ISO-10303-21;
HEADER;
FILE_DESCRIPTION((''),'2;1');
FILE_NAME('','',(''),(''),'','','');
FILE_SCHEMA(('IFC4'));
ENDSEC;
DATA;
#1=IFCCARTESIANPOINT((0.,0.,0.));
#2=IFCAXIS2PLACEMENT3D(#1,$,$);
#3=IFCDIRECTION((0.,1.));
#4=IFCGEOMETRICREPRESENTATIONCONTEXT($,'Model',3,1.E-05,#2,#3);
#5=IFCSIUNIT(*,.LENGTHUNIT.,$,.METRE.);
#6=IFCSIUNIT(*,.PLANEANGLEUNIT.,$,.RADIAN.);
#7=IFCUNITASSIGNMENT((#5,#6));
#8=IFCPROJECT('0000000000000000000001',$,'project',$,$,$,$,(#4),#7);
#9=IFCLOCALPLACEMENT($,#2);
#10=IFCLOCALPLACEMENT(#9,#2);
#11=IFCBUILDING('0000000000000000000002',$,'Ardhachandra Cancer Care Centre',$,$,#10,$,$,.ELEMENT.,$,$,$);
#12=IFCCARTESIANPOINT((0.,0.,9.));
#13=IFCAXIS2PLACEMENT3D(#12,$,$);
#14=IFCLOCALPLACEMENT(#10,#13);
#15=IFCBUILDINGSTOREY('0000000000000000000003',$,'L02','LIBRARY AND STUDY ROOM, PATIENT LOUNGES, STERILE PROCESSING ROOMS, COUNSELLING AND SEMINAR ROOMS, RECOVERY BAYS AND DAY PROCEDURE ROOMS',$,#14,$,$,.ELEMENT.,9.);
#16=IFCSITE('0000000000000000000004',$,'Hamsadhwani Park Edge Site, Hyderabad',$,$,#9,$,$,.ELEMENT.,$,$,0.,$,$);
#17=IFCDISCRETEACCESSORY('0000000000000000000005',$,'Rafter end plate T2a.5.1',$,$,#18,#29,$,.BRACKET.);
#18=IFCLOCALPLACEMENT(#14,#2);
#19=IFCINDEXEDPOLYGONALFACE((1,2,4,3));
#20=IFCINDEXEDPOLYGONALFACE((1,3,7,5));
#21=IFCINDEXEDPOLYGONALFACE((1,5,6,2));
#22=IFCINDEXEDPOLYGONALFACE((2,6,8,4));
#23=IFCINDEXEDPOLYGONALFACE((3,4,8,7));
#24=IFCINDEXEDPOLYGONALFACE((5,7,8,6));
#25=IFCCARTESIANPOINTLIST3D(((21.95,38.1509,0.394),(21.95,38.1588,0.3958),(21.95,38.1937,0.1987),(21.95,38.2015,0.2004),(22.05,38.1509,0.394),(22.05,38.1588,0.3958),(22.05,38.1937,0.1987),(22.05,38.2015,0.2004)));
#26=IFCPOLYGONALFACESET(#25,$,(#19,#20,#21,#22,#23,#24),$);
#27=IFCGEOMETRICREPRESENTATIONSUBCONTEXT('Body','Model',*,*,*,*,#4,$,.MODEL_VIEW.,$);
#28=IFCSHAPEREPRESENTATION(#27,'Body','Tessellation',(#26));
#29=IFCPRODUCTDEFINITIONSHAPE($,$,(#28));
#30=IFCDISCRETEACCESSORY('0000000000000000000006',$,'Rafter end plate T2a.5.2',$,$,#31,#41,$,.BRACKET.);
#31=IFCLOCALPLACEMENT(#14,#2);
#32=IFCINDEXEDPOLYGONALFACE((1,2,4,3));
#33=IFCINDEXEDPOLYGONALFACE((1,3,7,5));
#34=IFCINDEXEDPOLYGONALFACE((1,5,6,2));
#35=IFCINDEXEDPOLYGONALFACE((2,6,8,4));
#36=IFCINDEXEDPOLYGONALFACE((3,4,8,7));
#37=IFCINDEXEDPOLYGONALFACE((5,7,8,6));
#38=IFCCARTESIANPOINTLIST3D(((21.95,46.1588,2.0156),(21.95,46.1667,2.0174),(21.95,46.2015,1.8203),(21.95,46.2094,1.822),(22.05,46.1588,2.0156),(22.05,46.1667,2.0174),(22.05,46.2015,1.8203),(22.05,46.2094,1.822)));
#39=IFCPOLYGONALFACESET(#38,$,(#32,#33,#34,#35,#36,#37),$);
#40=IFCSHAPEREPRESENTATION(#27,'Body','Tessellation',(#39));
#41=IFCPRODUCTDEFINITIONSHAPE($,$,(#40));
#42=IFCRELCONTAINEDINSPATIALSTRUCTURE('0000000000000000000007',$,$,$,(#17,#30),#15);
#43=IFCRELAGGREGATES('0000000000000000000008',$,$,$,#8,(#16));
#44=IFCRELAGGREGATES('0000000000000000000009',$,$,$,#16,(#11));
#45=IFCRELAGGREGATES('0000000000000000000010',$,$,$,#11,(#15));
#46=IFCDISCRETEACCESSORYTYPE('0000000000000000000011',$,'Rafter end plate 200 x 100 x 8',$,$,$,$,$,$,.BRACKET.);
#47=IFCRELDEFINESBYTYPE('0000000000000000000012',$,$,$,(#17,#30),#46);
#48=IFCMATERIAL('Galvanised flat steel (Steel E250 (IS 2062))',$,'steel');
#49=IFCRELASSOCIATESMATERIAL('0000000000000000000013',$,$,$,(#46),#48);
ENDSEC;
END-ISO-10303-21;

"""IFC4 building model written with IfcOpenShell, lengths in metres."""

from ifc_helpers import new_model, si_unit, direction, frame, origin, origin_2d, place, context, subcontext, project, spatial, rectangle, extrude, material, material_profile, profile_set, type_object, element, save


model = new_model("IFC4")

# Units and contexts
model_context = context("Model", 3, precision=1e-05, world=origin(), true_north=direction((0.0, 1.0)))
body_context = subcontext(model_context, "Body", "Model", "MODEL_VIEW")
ifc_project = project(units=[si_unit("LENGTHUNIT", "METRE"), si_unit("PLANEANGLEUNIT", "RADIAN")], contexts=[model_context])

# Site, building, storey
site_placement = place(None, origin())
site = spatial("IfcSite", under=ifc_project, at=site_placement, Name="Hamsadhwani Park Edge Site, Hyderabad", CompositionType="ELEMENT", RefElevation=0.0)
building_placement = place(site_placement, origin())
building = spatial("IfcBuilding", under=site, at=building_placement, Name="Ardhachandra Cancer Care Centre", CompositionType="ELEMENT")
storey_placement = place(building_placement, frame((0.0, 0.0, 9.0)))
storey = spatial("IfcBuildingStorey", under=building, at=storey_placement, Name="L02", Description="LIBRARY AND STUDY ROOM, PATIENT LOUNGES, STERILE PROCESSING ROOMS, COUNSELLING AND SEMINAR ROOMS, RECOVERY BAYS AND DAY PROCEDURE ROOMS", CompositionType="ELEMENT", Elevation=9.0)

# Discrete accessories
ifc_material_1 = material(Name="Galvanised flat steel (Steel E250 (IS 2062))", Category="steel")
ifc_material_profile_1 = material_profile(ifc_material_1, rectangle(XDim=0.1001, YDim=0.2, at=origin_2d()), Name="Rafter end plate 200 x 100 x 8")
ifc_profile_set_1 = profile_set([ifc_material_profile_1], Name="Galvanised flat steel (Steel E250 (IS 2062))")
discrete_accessory_type = type_object("IfcDiscreteAccessoryType", Name="Rafter end plate 200 x 100 x 8", PredefinedType="BRACKET", material=ifc_profile_set_1)
for number, where, z_axis, x_axis, name in (
    (1, (22.0, 38.1802, 0.2981), (0.0, -0.9769, -0.213697), (1.0, 0.0, 0.0), "Rafter end plate T2a.5.1"),
    (2, (22.0, 46.1802, 1.918), (0.0, 0.9769, 0.213697), (-1.0, 0.0, 0.0), "Rafter end plate T2a.5.2"),
):
    element("IfcDiscreteAccessory", number, at=place(storey_placement, frame(where, z_axis=z_axis, x_axis=x_axis)), inside=storey, type_object=discrete_accessory_type, Name=name, PredefinedType="BRACKET", context=body_context, shape_type="SweptSolid", body=[
        extrude(rectangle(XDim=0.1001, YDim=0.2, at=origin_2d()), origin(), (0.0, 0.0, 1.0), 0.0081),
    ])

save(model, "model.ifc")
